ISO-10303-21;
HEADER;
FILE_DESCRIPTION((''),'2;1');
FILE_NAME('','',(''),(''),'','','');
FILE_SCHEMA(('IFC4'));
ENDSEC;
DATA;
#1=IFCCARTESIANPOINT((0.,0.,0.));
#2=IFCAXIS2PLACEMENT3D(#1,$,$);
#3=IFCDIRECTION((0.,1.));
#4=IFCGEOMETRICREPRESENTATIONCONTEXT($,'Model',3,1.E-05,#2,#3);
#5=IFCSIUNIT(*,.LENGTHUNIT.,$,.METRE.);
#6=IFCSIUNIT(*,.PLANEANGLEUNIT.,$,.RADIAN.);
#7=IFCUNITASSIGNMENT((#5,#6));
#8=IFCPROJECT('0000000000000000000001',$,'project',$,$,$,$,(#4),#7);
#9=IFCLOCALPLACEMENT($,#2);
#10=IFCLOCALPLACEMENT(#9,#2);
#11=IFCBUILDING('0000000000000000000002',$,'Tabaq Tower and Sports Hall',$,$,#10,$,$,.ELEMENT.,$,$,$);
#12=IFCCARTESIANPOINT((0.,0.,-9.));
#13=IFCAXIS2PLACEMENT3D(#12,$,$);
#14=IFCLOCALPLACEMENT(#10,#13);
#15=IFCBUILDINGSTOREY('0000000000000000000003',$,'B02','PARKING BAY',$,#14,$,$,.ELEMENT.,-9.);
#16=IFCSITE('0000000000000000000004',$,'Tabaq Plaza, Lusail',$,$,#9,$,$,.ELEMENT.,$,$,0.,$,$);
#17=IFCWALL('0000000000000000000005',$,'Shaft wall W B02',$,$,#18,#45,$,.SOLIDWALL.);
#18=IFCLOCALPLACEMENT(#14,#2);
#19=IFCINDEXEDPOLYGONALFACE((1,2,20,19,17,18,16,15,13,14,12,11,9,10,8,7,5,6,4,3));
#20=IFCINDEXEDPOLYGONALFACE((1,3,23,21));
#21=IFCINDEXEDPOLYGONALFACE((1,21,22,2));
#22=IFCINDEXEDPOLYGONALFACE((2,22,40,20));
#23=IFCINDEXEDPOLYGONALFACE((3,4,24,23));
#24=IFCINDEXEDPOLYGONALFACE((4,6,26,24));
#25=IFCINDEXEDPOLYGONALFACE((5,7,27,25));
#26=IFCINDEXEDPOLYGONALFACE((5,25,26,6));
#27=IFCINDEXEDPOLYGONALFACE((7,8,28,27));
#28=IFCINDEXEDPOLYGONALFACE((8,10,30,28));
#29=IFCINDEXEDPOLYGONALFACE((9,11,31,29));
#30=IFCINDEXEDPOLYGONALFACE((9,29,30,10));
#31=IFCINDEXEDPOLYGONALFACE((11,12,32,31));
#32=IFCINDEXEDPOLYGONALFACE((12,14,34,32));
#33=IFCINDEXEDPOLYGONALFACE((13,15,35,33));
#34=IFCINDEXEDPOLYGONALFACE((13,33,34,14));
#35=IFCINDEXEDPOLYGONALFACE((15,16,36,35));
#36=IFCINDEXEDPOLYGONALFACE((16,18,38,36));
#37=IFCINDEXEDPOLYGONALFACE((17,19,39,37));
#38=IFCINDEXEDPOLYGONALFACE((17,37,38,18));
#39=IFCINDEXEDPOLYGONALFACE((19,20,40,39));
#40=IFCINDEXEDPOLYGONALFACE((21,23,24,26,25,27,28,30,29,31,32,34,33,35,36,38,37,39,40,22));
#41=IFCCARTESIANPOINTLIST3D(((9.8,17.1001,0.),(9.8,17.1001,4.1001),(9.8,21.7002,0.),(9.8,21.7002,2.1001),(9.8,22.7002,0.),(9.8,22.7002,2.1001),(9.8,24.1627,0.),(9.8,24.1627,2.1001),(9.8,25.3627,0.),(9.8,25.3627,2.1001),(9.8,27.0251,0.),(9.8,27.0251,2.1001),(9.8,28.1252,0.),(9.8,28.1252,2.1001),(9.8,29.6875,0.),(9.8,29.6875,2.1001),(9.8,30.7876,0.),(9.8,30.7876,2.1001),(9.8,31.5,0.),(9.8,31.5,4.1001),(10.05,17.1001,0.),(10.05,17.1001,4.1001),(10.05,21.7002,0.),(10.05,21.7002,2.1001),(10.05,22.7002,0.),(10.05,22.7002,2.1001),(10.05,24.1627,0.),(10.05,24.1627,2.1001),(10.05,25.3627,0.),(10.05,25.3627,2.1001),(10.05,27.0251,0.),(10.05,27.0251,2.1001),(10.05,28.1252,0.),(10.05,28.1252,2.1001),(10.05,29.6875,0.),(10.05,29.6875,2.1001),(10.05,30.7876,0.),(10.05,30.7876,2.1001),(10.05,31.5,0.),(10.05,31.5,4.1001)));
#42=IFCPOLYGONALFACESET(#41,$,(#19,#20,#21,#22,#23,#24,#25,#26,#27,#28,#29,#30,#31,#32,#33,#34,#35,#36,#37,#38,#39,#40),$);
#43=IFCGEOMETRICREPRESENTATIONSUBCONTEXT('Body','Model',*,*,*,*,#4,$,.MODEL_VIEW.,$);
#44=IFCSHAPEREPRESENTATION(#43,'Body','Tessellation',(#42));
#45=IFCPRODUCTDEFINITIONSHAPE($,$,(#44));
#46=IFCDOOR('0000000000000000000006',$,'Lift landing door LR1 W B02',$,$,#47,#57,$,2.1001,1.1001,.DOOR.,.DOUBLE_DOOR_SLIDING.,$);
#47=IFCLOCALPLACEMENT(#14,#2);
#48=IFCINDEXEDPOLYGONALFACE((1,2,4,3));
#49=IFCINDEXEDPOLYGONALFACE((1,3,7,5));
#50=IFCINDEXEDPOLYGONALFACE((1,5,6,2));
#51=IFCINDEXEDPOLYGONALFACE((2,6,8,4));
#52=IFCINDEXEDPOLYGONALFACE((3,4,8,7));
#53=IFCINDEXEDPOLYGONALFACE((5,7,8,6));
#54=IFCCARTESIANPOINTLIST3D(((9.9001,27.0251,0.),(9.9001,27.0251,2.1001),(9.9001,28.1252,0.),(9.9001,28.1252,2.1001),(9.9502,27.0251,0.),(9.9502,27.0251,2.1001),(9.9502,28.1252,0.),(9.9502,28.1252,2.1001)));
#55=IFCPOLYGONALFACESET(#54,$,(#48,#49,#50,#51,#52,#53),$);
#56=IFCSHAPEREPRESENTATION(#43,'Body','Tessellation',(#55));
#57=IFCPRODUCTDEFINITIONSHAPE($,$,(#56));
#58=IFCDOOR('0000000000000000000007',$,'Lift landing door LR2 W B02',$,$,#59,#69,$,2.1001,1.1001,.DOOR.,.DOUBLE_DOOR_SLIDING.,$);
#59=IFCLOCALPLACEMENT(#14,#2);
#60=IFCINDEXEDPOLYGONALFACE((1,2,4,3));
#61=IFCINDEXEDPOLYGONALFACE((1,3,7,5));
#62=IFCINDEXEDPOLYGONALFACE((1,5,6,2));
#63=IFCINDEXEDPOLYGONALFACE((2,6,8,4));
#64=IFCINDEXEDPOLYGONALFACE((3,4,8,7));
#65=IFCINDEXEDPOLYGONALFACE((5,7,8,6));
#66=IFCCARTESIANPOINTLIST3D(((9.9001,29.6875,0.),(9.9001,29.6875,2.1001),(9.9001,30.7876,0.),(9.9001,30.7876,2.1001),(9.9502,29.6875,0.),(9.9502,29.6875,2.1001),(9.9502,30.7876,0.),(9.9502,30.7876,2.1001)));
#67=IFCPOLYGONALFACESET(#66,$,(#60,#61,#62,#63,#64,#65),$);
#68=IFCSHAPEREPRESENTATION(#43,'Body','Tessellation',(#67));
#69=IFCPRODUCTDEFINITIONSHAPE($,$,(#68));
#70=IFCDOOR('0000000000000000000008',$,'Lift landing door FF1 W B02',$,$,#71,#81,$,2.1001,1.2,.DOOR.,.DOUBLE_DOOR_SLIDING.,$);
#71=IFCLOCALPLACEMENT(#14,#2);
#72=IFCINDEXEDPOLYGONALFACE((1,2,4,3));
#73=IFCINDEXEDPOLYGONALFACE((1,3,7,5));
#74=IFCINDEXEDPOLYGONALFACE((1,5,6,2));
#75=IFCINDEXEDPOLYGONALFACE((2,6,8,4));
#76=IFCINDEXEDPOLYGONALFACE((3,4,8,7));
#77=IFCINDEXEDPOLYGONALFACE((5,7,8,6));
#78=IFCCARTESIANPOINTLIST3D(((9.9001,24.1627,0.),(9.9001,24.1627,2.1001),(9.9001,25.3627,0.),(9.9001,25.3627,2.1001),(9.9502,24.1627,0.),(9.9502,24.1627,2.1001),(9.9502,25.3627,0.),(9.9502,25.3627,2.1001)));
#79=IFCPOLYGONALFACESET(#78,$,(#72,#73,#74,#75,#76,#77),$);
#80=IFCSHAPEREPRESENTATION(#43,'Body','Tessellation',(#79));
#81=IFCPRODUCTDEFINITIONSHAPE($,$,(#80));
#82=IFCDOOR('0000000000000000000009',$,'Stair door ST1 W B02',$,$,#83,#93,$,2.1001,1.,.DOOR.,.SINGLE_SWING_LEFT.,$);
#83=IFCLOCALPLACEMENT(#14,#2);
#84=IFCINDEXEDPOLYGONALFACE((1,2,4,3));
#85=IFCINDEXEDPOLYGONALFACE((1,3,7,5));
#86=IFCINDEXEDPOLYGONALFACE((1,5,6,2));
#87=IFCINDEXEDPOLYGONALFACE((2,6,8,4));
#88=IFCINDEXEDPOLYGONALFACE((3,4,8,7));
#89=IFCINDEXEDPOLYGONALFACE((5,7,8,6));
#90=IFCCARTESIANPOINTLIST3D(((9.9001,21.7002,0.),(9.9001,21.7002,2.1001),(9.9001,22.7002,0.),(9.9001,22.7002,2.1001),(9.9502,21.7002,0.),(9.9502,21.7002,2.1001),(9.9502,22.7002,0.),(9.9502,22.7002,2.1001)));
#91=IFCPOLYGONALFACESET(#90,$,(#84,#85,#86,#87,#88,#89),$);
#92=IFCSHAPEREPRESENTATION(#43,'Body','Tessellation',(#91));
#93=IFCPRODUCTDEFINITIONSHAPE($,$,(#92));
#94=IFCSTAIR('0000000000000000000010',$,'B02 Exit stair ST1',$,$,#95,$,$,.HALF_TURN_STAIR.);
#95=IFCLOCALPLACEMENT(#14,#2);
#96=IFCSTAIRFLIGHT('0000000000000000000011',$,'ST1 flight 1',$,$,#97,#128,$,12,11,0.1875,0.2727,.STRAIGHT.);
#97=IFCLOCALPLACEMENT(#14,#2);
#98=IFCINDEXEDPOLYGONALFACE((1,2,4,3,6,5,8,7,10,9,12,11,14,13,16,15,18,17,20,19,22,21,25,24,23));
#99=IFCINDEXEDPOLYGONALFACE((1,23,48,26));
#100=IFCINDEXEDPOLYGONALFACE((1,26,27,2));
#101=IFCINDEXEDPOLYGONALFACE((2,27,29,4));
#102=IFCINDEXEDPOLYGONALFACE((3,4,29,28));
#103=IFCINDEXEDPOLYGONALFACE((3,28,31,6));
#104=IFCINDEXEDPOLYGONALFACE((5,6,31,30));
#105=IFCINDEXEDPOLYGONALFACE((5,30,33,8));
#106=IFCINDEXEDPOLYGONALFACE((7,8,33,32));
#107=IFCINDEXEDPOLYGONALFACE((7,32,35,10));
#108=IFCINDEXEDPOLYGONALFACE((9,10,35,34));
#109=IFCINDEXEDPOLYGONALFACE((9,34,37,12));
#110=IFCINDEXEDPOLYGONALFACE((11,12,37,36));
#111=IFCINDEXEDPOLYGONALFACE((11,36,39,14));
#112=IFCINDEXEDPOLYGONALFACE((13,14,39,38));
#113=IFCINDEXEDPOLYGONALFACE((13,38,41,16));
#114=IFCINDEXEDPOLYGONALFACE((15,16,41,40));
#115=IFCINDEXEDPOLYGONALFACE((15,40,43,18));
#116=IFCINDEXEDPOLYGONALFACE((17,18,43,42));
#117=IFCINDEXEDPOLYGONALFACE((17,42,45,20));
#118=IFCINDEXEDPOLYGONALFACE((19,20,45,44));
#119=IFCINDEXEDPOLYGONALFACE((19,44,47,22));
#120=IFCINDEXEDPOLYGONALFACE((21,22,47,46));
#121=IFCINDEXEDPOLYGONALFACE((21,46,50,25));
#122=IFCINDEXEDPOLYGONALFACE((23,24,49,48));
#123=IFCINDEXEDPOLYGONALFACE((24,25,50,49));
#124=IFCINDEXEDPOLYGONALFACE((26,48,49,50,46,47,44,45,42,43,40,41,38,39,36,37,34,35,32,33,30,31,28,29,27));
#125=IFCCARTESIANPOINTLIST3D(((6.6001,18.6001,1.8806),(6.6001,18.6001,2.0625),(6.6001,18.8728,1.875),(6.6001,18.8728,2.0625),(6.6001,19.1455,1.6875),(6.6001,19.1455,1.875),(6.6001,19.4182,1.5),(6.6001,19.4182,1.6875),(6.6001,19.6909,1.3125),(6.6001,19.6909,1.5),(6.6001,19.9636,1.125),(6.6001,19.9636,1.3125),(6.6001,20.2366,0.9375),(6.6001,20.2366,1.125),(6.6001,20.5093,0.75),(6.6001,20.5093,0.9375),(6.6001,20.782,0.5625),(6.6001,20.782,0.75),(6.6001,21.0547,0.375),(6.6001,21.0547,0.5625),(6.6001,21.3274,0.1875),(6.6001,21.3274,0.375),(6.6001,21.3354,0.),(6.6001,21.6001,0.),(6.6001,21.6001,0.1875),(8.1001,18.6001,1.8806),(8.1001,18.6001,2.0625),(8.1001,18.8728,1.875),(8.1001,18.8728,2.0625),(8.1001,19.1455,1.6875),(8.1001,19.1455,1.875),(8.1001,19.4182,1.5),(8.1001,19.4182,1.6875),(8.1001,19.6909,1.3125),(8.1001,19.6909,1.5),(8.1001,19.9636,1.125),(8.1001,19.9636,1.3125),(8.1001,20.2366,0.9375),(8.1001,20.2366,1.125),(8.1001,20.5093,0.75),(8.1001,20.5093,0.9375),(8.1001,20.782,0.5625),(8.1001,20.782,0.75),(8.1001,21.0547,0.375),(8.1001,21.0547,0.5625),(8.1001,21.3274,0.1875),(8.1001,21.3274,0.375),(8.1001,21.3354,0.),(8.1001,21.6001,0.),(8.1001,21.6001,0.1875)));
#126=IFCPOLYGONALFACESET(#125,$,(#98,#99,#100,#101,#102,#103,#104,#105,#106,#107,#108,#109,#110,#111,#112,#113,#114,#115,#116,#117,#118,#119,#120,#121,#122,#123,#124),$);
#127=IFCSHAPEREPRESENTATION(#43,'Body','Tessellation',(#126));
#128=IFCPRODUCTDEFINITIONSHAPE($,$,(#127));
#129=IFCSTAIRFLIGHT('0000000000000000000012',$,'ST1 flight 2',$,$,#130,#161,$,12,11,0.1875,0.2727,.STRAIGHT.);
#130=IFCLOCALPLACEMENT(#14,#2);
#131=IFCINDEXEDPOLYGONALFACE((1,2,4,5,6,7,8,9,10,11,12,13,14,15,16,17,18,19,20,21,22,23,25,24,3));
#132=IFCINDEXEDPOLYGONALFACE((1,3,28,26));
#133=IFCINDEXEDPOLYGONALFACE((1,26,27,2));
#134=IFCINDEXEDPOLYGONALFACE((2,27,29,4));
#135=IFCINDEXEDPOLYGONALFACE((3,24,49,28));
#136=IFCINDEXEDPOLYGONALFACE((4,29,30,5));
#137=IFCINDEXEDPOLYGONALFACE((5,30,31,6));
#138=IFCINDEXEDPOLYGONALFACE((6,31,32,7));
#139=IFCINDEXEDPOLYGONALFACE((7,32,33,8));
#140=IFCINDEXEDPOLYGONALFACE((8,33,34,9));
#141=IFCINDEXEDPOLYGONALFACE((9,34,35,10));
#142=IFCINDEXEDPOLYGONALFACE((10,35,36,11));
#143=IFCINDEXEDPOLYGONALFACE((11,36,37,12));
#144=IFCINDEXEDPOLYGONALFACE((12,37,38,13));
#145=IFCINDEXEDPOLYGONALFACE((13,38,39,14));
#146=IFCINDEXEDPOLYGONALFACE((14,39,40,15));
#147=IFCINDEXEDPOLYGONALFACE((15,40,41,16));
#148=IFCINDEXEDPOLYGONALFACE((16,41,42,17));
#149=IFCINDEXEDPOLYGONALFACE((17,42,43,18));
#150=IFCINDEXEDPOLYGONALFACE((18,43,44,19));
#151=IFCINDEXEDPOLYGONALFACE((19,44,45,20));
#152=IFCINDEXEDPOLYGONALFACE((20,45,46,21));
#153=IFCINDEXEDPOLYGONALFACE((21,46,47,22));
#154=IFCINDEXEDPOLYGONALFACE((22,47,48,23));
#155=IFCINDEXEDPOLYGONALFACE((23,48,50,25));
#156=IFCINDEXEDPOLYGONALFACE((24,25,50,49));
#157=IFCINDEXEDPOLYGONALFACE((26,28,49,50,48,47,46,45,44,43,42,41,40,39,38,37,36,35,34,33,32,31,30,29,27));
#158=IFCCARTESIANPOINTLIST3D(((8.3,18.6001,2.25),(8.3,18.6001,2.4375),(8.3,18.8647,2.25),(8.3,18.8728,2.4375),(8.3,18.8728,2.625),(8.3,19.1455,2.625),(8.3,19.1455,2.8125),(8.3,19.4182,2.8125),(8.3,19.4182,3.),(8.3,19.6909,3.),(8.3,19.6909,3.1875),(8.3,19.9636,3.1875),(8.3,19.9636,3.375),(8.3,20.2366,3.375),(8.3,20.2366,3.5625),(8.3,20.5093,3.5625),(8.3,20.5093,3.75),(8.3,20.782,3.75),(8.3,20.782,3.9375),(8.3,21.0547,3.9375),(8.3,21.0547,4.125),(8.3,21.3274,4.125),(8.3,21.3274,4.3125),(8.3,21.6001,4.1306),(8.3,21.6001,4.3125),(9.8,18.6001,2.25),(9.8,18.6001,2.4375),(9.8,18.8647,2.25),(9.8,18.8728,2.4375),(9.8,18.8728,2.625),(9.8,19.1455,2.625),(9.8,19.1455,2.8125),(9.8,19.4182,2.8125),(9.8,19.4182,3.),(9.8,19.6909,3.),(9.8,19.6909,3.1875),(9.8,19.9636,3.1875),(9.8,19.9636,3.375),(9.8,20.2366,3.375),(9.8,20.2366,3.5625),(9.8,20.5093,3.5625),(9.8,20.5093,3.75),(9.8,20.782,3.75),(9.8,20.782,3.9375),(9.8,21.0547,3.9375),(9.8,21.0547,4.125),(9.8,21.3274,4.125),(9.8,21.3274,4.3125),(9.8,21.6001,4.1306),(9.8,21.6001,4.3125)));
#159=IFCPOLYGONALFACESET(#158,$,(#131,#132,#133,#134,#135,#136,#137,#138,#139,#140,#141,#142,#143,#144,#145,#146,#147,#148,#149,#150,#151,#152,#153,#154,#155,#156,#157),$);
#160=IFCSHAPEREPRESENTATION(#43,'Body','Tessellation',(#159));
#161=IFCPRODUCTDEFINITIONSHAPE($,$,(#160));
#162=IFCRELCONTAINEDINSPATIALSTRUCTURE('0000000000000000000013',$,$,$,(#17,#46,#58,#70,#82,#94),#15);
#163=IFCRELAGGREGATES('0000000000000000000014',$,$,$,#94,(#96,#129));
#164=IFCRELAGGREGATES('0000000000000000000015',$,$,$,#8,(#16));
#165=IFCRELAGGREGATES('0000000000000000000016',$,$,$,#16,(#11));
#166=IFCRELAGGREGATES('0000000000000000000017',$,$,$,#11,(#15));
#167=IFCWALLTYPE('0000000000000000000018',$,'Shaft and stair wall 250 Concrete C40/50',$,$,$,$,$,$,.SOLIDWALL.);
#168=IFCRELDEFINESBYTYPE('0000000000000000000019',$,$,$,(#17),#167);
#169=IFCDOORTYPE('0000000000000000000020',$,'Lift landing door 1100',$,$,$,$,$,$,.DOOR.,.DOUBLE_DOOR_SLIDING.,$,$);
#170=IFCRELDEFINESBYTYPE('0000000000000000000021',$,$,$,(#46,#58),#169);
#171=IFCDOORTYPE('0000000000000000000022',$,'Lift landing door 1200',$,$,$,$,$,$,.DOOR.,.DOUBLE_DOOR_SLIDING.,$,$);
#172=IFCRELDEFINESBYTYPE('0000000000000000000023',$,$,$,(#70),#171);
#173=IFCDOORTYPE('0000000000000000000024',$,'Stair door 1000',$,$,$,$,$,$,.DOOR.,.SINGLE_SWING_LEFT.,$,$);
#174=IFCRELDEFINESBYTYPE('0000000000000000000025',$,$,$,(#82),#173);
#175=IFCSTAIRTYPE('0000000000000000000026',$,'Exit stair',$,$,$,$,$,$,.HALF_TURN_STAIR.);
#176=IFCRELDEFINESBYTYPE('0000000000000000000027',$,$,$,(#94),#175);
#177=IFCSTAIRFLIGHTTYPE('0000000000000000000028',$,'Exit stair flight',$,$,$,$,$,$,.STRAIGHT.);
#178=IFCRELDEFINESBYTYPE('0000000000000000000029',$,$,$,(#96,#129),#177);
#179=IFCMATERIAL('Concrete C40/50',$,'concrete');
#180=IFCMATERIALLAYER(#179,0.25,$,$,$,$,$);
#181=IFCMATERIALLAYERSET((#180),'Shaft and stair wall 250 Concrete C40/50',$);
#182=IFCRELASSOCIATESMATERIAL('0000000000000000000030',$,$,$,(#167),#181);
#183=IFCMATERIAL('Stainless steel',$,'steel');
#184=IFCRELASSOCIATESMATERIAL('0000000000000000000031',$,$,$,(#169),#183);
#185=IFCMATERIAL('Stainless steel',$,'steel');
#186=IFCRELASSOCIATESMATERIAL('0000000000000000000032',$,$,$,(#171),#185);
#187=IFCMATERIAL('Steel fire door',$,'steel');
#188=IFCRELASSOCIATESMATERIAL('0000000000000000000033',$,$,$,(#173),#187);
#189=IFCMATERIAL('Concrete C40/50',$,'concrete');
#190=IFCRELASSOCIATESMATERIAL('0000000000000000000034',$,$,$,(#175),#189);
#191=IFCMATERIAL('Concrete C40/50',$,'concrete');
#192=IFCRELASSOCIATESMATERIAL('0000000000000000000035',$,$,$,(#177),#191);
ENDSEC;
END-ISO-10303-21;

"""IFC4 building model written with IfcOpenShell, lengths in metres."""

from ifc_helpers import new_model, si_unit, direction, frame, frame_2d, origin, place, context, subcontext, project, spatial, polyline, rectangle, outline, extrude, material, layer, layer_set, type_object, element, fill, aggregate, save


model = new_model("IFC4")

# Units and contexts
model_context = context("Model", 3, precision=1e-05, world=origin(), true_north=direction((0.0, 1.0)))
body_context = subcontext(model_context, "Body", "Model", "MODEL_VIEW")
ifc_project = project(units=[si_unit("LENGTHUNIT", "METRE"), si_unit("PLANEANGLEUNIT", "RADIAN")], contexts=[model_context])

# Site, building, storey
site_placement = place(None, origin())
site = spatial("IfcSite", under=ifc_project, at=site_placement, Name="Tabaq Plaza, Lusail", CompositionType="ELEMENT", RefElevation=0.0)
building_placement = place(site_placement, origin())
building = spatial("IfcBuilding", under=site, at=building_placement, Name="Tabaq Tower and Sports Hall", CompositionType="ELEMENT")
storey_placement = place(building_placement, frame((0.0, 0.0, -9.0)))
storey = spatial("IfcBuildingStorey", under=building, at=storey_placement, Name="B02", Description="PARKING BAY", CompositionType="ELEMENT", Elevation=-9.0)

# Wall, openings, doors
ifc_material_1 = material(Name="Concrete C40/50", Category="concrete")
ifc_layer_1 = layer(ifc_material_1, 0.25)
ifc_layer_set_1 = layer_set([ifc_layer_1], Name="Shaft and stair wall 250 Concrete C40/50")
wall_type_1 = type_object("IfcWallType", Name="Shaft and stair wall 250 Concrete C40/50", PredefinedType="SOLIDWALL", material=ifc_layer_set_1)
wall_1_placement = place(storey_placement, frame((9.925, 17.1001, 0.0), z_axis=(0.0, 0.0, 1.0), x_axis=(0.0, 1.0, 0.0)))
wall_1 = element("IfcWall", 1, at=wall_1_placement, inside=storey, type_object=wall_type_1, Name="Shaft wall W B02", PredefinedType="SOLIDWALL", context=body_context, shape_type="SweptSolid", body=[
    extrude(rectangle(XDim=14.3999, YDim=0.25, at=frame_2d((7.2, 0.0))), origin(), (0.0, 0.0, 1.0), 4.1001),
])
opening_1_placement = place(wall_1_placement, frame((4.6001, 0.0, 0.0)))
opening_1 = element("IfcOpeningElement", 2, at=opening_1_placement, cuts=wall_1, PredefinedType="OPENING", context=body_context, shape_type="SweptSolid", body=[
    extrude(rectangle(XDim=1.0, YDim=2.1001, at=frame_2d((0.5, 1.05))), frame((0.0, 0.125, 0.0), z_axis=(0.0, -1.0, 0.0), x_axis=(1.0, 0.0, 0.0)), (0.0, 0.0, 1.0), 0.25),
])
opening_2_placement = place(wall_1_placement, frame((7.0625, 0.0, 0.0)))
opening_2 = element("IfcOpeningElement", 3, at=opening_2_placement, cuts=wall_1, PredefinedType="OPENING", context=body_context, shape_type="SweptSolid", body=[
    extrude(rectangle(XDim=1.2, YDim=2.1001, at=frame_2d((0.6001, 1.05))), frame((0.0, 0.125, 0.0), z_axis=(0.0, -1.0, 0.0), x_axis=(1.0, 0.0, 0.0)), (0.0, 0.0, 1.0), 0.25),
])
opening_3_placement = place(wall_1_placement, frame((9.925, 0.0, 0.0)))
opening_3 = element("IfcOpeningElement", 4, at=opening_3_placement, cuts=wall_1, PredefinedType="OPENING", context=body_context, shape_type="SweptSolid", body=[
    extrude(rectangle(XDim=1.1001, YDim=2.1001, at=frame_2d((0.55, 1.05))), frame((0.0, 0.125, 0.0), z_axis=(0.0, -1.0, 0.0), x_axis=(1.0, 0.0, 0.0)), (0.0, 0.0, 1.0), 0.25),
])
opening_4_placement = place(wall_1_placement, frame((12.5874, 0.0, 0.0)))
opening_4 = element("IfcOpeningElement", 5, at=opening_4_placement, cuts=wall_1, PredefinedType="OPENING", context=body_context, shape_type="SweptSolid", body=[
    extrude(rectangle(XDim=1.1001, YDim=2.1001, at=frame_2d((0.55, 1.05))), frame((0.0, 0.125, 0.0), z_axis=(0.0, -1.0, 0.0), x_axis=(1.0, 0.0, 0.0)), (0.0, 0.0, 1.0), 0.25),
])
ifc_material_2 = material(Name="Stainless steel", Category="steel")
door_type_1 = type_object("IfcDoorType", Name="Lift landing door 1100", OperationType="DOUBLE_DOOR_SLIDING", PredefinedType="DOOR", material=ifc_material_2)
door_1_placement = place(opening_3_placement, origin())
door_1 = element("IfcDoor", 6, at=door_1_placement, inside=storey, type_object=door_type_1, Name="Lift landing door LR1 W B02", OperationType="DOUBLE_DOOR_SLIDING", OverallHeight=2.1001, OverallWidth=1.1001, PredefinedType="DOOR", context=body_context, shape_type="SweptSolid", body=[
    extrude(rectangle(XDim=1.1001, YDim=2.1001, at=frame_2d((0.55, 1.05))), frame((0.0, 0.0249, 0.0), z_axis=(0.0, -1.0, 0.0), x_axis=(1.0, 0.0, 0.0)), (0.0, 0.0, 1.0), 0.05),
])
fill(opening_3, door_1)
door_2_placement = place(opening_4_placement, origin())
door_2 = element("IfcDoor", 7, at=door_2_placement, inside=storey, type_object=door_type_1, Name="Lift landing door LR2 W B02", OperationType="DOUBLE_DOOR_SLIDING", OverallHeight=2.1001, OverallWidth=1.1001, PredefinedType="DOOR", context=body_context, shape_type="SweptSolid", body=[
    extrude(rectangle(XDim=1.1001, YDim=2.1001, at=frame_2d((0.55, 1.05))), frame((0.0, 0.0249, 0.0), z_axis=(0.0, -1.0, 0.0), x_axis=(1.0, 0.0, 0.0)), (0.0, 0.0, 1.0), 0.05),
])
fill(opening_4, door_2)
ifc_material_3 = material(Name="Stainless steel", Category="steel")
door_type_2 = type_object("IfcDoorType", Name="Lift landing door 1200", OperationType="DOUBLE_DOOR_SLIDING", PredefinedType="DOOR", material=ifc_material_3)
door_3_placement = place(opening_2_placement, origin())
door_3 = element("IfcDoor", 8, at=door_3_placement, inside=storey, type_object=door_type_2, Name="Lift landing door FF1 W B02", OperationType="DOUBLE_DOOR_SLIDING", OverallHeight=2.1001, OverallWidth=1.2, PredefinedType="DOOR", context=body_context, shape_type="SweptSolid", body=[
    extrude(rectangle(XDim=1.2, YDim=2.1001, at=frame_2d((0.6001, 1.05))), frame((0.0, 0.0249, 0.0), z_axis=(0.0, -1.0, 0.0), x_axis=(1.0, 0.0, 0.0)), (0.0, 0.0, 1.0), 0.05),
])
fill(opening_2, door_3)
ifc_material_4 = material(Name="Steel fire door", Category="steel")
door_type_3 = type_object("IfcDoorType", Name="Stair door 1000", OperationType="SINGLE_SWING_LEFT", PredefinedType="DOOR", material=ifc_material_4)
door_4_placement = place(opening_1_placement, origin())
door_4 = element("IfcDoor", 9, at=door_4_placement, inside=storey, type_object=door_type_3, Name="Stair door ST1 W B02", OperationType="SINGLE_SWING_LEFT", OverallHeight=2.1001, OverallWidth=1.0, PredefinedType="DOOR", context=body_context, shape_type="SweptSolid", body=[
    extrude(rectangle(XDim=1.0, YDim=2.1001, at=frame_2d((0.5, 1.05))), frame((0.0, 0.0249, 0.0), z_axis=(0.0, -1.0, 0.0), x_axis=(1.0, 0.0, 0.0)), (0.0, 0.0, 1.0), 0.05),
])
fill(opening_1, door_4)

# Stair, stair flights
ifc_material_5 = material(Name="Concrete C40/50", Category="concrete")
stair_type = type_object("IfcStairType", Name="Exit stair", PredefinedType="HALF_TURN_STAIR", material=ifc_material_5)
stair_placement = place(storey_placement, origin())
stair = element("IfcStair", 10, at=stair_placement, inside=storey, type_object=stair_type, Name="B02 Exit stair ST1", PredefinedType="HALF_TURN_STAIR")
ifc_material_6 = material(Name="Concrete C40/50", Category="concrete")
stair_flight_type = type_object("IfcStairFlightType", Name="Exit stair flight", PredefinedType="STRAIGHT", material=ifc_material_6)
stair_flight_1_placement = place(storey_placement, frame((7.3501, 21.6001, 0.0), z_axis=(0.0, 0.0, 1.0), x_axis=(0.0, -1.0, 0.0)))
stair_flight_1 = element("IfcStairFlight", 11, at=stair_flight_1_placement, type_object=stair_flight_type, Name="ST1 flight 1", NumberOfRisers=12, NumberOfTreads=11, PredefinedType="STRAIGHT", RiserHeight=0.1875, TreadLength=0.2727, context=body_context, shape_type="SweptSolid", body=[
    extrude(outline(polyline([(0.0, 0.0), (0.0, 0.1875), (0.2727, 0.1875), (0.2727, 0.375), (0.5454, 0.375), (0.5454, 0.5625), (0.8181, 0.5625), (0.8181, 0.75), (1.0908, 0.75), (1.0908, 0.9375), (1.3635, 0.9375), (1.3635, 1.125), (1.6365, 1.125), (1.6365, 1.3125), (1.9092, 1.3125), (1.9092, 1.5), (2.1819, 1.5), (2.1819, 1.6875), (2.4546, 1.6875), (2.4546, 1.875), (2.7273, 1.875), (2.7273, 2.0625), (3.0, 2.0625), (3.0, 2.25), (3.0, 1.8806), (0.2646, 0.0), (0.0, 0.0)])), frame((0.0, 0.75, 0.0), z_axis=(0.0, -1.0, 0.0), x_axis=(1.0, 0.0, 0.0)), (0.0, 0.0, 1.0), 1.5),
])
stair_flight_2_placement = place(storey_placement, frame((9.05, 18.6001, 2.25), z_axis=(0.0, 0.0, 1.0), x_axis=(0.0, 1.0, 0.0)))
stair_flight_2 = element("IfcStairFlight", 12, at=stair_flight_2_placement, type_object=stair_flight_type, Name="ST1 flight 2", NumberOfRisers=12, NumberOfTreads=11, PredefinedType="STRAIGHT", RiserHeight=0.1875, TreadLength=0.2727, context=body_context, shape_type="SweptSolid", body=[
    extrude(outline(polyline([(0.0, 0.0), (0.0, 0.1875), (0.2727, 0.1875), (0.2727, 0.375), (0.5454, 0.375), (0.5454, 0.5625), (0.8181, 0.5625), (0.8181, 0.75), (1.0908, 0.75), (1.0908, 0.9375), (1.3635, 0.9375), (1.3635, 1.125), (1.6365, 1.125), (1.6365, 1.3125), (1.9092, 1.3125), (1.9092, 1.5), (2.1819, 1.5), (2.1819, 1.6875), (2.4546, 1.6875), (2.4546, 1.875), (2.7273, 1.875), (2.7273, 2.0625), (3.0, 2.0625), (3.0, 2.25), (3.0, 1.8806), (0.2646, 0.0), (0.0, 0.0)])), frame((0.0, 0.75, 0.0), z_axis=(0.0, -1.0, 0.0), x_axis=(1.0, 0.0, 0.0)), (0.0, 0.0, 1.0), 1.5),
])
aggregate(stair, [stair_flight_1, stair_flight_2])

save(model, "model.ifc")
